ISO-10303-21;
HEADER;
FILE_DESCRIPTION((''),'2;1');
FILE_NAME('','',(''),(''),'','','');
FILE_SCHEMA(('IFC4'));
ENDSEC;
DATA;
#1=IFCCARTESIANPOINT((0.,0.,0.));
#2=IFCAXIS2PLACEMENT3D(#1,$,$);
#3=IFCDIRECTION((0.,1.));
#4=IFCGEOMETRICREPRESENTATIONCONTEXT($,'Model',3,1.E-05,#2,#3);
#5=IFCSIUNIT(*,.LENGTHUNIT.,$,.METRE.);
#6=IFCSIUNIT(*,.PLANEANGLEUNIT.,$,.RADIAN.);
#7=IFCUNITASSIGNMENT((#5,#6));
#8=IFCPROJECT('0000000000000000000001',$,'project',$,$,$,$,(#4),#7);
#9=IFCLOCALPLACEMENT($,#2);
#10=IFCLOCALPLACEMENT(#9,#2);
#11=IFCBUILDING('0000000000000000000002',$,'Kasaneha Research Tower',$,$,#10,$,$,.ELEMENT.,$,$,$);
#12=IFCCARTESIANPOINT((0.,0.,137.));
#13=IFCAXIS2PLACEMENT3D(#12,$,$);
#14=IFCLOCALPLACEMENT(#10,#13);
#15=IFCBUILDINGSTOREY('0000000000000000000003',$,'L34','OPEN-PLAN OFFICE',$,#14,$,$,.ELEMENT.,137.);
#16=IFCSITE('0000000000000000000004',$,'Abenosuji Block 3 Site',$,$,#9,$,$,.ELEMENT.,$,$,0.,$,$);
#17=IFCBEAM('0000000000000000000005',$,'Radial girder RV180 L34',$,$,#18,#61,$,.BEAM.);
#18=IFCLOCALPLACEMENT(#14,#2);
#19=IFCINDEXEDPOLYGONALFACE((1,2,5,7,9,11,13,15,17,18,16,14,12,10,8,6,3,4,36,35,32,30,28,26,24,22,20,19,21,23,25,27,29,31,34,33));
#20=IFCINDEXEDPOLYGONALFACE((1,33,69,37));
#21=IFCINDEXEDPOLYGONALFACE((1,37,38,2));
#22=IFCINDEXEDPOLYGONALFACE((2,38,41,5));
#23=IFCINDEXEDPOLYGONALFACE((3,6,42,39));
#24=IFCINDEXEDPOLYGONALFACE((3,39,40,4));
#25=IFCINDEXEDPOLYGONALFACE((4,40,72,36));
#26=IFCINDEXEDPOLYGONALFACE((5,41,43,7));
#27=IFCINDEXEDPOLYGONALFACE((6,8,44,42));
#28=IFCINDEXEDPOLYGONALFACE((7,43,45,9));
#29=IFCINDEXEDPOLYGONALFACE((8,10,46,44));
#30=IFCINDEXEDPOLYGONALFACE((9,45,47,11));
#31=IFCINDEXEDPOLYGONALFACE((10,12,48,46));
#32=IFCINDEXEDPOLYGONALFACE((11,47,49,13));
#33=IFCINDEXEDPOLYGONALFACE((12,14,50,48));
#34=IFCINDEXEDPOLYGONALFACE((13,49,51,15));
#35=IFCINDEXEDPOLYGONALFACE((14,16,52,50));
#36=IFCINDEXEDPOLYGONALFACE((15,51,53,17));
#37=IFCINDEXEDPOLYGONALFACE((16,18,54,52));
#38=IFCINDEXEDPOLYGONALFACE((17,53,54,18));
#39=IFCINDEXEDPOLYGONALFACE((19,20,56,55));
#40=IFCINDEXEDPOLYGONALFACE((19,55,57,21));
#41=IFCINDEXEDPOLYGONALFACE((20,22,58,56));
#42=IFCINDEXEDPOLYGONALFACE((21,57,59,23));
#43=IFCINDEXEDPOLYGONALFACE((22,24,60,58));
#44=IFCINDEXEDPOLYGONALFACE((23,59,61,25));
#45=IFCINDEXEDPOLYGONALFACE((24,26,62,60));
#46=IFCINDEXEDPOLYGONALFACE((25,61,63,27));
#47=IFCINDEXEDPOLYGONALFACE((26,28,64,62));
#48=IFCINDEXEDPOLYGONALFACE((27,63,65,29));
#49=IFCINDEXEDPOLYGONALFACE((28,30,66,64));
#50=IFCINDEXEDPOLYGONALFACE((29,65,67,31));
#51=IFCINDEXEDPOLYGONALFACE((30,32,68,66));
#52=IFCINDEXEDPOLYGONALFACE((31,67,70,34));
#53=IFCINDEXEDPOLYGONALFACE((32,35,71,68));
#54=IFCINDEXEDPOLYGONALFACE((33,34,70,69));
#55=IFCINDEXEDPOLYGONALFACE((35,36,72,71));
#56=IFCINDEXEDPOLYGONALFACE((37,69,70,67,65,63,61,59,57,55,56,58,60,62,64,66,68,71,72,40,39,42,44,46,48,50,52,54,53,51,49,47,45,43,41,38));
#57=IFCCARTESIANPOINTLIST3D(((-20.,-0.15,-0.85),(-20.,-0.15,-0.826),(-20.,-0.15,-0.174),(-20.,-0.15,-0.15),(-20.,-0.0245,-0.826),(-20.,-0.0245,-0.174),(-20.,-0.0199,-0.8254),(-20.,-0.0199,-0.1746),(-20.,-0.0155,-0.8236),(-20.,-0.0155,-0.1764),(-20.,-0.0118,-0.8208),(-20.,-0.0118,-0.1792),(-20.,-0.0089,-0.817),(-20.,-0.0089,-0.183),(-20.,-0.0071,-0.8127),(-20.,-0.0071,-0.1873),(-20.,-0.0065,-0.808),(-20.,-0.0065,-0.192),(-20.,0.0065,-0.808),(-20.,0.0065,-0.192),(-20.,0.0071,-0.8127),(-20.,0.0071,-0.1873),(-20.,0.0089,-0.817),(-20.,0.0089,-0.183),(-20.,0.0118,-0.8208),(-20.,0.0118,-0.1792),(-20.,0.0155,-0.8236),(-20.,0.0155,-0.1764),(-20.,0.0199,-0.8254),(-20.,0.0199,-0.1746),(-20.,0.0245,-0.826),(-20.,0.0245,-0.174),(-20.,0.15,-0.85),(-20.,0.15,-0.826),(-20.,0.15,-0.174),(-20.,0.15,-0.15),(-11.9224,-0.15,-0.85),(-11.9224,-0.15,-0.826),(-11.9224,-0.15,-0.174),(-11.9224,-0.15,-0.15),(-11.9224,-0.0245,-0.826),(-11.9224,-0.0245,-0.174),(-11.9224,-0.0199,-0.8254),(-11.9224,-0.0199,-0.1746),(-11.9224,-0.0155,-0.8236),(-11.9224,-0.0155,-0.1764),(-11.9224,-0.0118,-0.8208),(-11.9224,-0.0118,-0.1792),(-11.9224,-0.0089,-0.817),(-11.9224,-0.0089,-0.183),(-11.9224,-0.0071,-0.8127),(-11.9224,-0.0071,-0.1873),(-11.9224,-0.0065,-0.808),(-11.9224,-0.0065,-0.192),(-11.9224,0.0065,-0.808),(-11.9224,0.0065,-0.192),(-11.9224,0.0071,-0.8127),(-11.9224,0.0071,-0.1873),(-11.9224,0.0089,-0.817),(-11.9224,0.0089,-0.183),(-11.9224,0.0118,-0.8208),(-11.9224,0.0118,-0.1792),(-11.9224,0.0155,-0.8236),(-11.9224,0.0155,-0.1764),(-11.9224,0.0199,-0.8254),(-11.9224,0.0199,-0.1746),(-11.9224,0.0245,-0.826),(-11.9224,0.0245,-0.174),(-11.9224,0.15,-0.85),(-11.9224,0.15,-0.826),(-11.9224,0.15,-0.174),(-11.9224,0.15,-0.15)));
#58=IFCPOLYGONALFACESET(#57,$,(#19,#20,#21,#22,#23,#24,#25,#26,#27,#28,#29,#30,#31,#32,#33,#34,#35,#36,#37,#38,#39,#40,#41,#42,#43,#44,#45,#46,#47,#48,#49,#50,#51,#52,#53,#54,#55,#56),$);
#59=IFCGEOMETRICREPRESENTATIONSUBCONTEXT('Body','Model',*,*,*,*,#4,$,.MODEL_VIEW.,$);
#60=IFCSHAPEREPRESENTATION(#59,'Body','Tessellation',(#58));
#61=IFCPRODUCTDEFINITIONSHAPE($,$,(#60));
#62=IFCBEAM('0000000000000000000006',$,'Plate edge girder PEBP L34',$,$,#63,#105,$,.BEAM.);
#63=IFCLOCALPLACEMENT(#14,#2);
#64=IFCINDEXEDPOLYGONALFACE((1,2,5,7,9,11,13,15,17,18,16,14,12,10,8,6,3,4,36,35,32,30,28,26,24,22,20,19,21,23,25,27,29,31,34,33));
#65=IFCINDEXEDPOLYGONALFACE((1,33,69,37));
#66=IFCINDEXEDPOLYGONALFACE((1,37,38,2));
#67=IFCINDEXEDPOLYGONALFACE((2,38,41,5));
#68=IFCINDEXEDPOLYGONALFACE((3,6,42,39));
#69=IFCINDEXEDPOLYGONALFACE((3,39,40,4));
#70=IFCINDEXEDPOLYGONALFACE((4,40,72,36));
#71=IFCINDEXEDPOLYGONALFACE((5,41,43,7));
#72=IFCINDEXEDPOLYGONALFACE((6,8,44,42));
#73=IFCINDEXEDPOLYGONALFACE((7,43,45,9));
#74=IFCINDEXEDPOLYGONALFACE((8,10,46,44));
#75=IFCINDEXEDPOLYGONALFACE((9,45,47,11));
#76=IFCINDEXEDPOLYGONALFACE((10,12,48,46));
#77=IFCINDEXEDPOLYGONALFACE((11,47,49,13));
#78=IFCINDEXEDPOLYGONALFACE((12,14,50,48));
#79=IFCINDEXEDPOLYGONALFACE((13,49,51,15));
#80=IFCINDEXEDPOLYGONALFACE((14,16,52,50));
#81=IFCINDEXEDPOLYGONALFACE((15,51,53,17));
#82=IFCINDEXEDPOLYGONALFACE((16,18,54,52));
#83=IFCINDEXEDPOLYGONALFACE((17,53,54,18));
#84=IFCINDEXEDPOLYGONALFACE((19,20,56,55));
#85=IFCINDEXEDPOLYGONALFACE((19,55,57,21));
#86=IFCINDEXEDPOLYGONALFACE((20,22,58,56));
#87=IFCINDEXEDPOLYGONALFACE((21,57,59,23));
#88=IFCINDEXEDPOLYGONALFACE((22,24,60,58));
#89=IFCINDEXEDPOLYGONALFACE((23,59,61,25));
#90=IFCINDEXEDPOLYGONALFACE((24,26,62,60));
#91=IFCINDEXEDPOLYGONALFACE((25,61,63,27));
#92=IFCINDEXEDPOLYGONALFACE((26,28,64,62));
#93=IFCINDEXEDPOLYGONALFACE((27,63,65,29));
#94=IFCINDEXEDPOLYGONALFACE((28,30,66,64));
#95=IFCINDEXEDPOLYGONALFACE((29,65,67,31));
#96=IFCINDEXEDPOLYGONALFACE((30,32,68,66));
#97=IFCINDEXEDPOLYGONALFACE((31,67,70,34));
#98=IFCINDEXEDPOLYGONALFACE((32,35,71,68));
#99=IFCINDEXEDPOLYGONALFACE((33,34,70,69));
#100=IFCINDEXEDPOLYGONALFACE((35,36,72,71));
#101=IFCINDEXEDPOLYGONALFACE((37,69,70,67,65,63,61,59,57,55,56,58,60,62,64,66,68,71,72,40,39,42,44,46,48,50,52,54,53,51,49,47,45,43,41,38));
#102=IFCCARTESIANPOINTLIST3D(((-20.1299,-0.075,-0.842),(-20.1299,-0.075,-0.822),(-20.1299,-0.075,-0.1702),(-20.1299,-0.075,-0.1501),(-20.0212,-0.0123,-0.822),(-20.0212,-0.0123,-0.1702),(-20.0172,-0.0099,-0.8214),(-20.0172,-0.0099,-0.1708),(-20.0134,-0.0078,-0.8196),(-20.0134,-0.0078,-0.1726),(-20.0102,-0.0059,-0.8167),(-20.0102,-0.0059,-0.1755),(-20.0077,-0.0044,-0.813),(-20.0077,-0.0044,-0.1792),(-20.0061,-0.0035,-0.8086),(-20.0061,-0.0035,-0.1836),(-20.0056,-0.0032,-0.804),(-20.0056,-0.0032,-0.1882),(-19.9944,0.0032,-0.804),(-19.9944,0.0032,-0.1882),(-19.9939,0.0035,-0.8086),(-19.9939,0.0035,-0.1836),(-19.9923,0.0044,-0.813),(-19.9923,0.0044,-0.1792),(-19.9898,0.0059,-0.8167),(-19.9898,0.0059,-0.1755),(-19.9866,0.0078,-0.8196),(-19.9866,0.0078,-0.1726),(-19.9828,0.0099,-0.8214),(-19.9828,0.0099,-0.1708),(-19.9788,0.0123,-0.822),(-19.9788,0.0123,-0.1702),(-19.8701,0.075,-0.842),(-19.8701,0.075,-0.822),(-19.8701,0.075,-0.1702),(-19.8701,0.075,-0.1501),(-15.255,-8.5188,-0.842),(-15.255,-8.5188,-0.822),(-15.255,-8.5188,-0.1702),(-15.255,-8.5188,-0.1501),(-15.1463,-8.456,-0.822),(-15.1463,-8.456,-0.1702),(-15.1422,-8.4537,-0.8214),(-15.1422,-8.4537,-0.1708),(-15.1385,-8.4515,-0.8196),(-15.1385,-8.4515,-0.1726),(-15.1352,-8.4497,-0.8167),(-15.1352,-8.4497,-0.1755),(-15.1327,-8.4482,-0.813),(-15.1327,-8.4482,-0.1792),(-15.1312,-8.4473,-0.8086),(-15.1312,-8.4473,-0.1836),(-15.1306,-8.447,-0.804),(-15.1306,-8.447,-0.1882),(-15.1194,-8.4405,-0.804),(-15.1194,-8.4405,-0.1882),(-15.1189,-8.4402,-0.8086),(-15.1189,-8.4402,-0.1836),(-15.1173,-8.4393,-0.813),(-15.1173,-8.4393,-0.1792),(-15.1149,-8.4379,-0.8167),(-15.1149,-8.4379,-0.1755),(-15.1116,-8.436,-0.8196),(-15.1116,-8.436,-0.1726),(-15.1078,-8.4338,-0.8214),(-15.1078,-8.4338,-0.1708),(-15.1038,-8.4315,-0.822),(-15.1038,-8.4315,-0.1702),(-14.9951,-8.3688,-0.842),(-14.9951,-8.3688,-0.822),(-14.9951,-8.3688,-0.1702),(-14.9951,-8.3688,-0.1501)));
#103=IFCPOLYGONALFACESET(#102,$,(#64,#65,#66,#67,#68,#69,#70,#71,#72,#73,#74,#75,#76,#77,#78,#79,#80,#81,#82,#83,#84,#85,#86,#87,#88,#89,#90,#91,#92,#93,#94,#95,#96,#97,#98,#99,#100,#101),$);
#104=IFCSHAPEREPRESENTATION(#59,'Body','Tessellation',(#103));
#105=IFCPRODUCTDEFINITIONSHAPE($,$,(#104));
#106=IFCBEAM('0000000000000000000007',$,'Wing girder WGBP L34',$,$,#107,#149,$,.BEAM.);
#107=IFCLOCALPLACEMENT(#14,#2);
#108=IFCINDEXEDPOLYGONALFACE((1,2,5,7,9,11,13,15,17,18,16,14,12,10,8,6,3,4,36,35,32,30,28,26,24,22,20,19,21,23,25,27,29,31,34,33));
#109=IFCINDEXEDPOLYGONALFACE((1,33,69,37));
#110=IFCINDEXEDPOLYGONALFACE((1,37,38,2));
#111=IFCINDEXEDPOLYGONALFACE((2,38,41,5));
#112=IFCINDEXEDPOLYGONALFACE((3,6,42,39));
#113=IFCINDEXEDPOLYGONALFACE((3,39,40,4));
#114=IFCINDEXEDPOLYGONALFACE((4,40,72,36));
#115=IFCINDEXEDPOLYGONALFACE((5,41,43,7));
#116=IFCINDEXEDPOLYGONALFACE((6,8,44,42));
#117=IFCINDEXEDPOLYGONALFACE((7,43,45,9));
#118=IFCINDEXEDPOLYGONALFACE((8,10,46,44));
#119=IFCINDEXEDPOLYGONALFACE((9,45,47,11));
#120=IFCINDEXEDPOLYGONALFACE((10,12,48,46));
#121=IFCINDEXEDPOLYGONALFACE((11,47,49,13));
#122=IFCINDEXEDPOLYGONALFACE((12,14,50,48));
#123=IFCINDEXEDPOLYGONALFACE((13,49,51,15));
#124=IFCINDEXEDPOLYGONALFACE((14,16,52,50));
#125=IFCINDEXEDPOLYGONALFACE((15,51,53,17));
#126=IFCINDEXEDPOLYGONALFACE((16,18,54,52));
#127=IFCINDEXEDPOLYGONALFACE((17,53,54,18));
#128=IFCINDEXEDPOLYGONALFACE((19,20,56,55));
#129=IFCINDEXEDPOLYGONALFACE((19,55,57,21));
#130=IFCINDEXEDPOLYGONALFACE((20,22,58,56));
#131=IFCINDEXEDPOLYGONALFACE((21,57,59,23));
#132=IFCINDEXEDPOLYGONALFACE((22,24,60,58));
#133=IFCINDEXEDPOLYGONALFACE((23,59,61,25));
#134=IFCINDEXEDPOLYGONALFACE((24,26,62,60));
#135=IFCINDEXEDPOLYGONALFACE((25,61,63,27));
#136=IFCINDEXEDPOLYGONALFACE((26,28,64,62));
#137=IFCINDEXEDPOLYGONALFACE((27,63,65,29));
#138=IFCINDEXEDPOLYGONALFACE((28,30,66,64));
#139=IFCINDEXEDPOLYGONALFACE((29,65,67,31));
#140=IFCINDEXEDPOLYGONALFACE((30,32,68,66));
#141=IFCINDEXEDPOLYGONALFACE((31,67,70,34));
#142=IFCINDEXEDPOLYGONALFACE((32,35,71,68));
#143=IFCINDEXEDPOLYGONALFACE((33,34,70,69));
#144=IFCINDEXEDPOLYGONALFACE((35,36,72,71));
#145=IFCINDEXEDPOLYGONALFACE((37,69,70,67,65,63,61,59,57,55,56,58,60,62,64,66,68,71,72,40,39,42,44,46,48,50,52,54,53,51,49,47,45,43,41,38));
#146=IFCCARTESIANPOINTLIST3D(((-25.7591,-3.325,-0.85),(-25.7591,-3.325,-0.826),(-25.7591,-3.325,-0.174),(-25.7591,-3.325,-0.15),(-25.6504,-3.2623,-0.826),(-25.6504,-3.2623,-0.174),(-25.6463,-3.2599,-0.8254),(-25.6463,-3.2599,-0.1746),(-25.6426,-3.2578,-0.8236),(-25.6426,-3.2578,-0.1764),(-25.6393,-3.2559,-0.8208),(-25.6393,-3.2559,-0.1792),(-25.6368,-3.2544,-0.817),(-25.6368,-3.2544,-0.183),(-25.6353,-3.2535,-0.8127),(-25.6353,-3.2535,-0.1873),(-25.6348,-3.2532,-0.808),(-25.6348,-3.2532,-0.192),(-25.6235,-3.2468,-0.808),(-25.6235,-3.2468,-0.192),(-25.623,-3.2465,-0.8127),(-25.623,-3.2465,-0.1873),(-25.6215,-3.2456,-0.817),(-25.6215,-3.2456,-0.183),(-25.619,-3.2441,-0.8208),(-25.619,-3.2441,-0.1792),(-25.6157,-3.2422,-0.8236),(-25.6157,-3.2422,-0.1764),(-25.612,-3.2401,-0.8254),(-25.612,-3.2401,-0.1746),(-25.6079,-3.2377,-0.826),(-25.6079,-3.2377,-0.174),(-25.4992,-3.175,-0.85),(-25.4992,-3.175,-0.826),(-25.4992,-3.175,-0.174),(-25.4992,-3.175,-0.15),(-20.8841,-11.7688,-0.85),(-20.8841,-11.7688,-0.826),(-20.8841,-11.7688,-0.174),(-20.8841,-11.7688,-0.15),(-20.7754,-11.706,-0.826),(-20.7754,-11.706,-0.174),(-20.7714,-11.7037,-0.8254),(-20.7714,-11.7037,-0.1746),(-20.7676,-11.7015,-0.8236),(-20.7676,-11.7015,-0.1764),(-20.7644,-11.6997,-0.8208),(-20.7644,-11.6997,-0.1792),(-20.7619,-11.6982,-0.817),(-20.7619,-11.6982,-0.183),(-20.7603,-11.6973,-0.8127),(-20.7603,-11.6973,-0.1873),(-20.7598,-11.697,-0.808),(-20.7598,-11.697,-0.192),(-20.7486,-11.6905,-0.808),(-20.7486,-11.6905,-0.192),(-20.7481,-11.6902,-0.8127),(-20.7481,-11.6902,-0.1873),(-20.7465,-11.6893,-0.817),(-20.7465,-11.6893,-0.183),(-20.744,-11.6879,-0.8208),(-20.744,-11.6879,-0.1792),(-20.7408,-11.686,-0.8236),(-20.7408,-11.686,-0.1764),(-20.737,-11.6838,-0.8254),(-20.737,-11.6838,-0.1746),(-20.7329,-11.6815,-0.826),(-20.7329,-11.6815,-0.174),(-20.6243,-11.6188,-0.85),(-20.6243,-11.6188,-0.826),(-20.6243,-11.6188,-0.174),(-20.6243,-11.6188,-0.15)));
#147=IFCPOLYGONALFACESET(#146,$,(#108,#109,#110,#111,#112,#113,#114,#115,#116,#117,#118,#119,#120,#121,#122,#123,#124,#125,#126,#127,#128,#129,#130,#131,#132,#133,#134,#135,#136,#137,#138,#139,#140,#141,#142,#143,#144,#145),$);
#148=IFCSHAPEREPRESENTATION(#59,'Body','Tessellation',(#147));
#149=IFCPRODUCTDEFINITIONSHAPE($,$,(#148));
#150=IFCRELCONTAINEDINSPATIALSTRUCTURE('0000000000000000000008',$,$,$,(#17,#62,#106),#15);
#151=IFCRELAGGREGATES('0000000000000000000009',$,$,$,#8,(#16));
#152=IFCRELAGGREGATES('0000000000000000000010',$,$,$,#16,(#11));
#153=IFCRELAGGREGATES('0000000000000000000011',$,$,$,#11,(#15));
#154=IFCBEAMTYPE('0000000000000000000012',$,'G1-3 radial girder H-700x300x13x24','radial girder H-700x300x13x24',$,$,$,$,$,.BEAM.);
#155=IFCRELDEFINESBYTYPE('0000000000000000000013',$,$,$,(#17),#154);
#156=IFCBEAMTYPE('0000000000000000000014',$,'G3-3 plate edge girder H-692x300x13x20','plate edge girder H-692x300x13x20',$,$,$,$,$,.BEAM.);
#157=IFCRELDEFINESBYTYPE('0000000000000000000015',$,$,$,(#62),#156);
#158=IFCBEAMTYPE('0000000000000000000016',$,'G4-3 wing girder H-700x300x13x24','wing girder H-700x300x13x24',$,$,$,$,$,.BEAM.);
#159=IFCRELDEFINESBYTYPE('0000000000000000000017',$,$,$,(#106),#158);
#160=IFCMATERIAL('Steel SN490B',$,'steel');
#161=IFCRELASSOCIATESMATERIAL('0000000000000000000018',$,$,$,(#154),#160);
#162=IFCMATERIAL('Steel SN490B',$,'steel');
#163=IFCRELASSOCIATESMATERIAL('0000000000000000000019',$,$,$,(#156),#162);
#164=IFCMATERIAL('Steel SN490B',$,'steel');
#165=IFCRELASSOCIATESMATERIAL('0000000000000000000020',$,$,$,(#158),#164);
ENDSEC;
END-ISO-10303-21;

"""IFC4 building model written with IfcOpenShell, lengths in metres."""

from ifc_helpers import new_model, si_unit, direction, frame, origin, origin_2d, place, context, subcontext, project, spatial, i_section, extrude, material, material_profile, profile_set, type_object, element, save


model = new_model("IFC4")

# Units and contexts
model_context = context("Model", 3, precision=1e-05, world=origin(), true_north=direction((0.0, 1.0)))
body_context = subcontext(model_context, "Body", "Model", "MODEL_VIEW")
ifc_project = project(units=[si_unit("LENGTHUNIT", "METRE"), si_unit("PLANEANGLEUNIT", "RADIAN")], contexts=[model_context])

# Site, building, storey
site_placement = place(None, origin())
site = spatial("IfcSite", under=ifc_project, at=site_placement, Name="Abenosuji Block 3 Site", CompositionType="ELEMENT", RefElevation=0.0)
building_placement = place(site_placement, origin())
building = spatial("IfcBuilding", under=site, at=building_placement, Name="Kasaneha Research Tower", CompositionType="ELEMENT")
storey_placement = place(building_placement, frame((0.0, 0.0, 137.0)))
storey = spatial("IfcBuildingStorey", under=building, at=storey_placement, Name="L34", Description="OPEN-PLAN OFFICE", CompositionType="ELEMENT", Elevation=137.0)

# Beams
ifc_material_1 = material(Name="Steel SN490B", Category="steel")
ifc_material_profile_1 = material_profile(ifc_material_1, i_section(OverallWidth=0.3, OverallDepth=0.7, WebThickness=0.0129, FlangeThickness=0.0239, FilletRadius=0.0181, at=origin_2d()), Name="H-700x300x13x24")
ifc_profile_set_1 = profile_set([ifc_material_profile_1], Name="Steel SN490B")
beam_type_1 = type_object("IfcBeamType", Name="G1-3 radial girder H-700x300x13x24", Description="radial girder H-700x300x13x24", PredefinedType="BEAM", material=ifc_profile_set_1)
beam_1_placement = place(storey_placement, frame((-11.9224, 0.0, -0.5), z_axis=(-1.0, 0.0, 0.0), x_axis=(0.0, -1.0, 0.0)))
element("IfcBeam", 1, at=beam_1_placement, inside=storey, type_object=beam_type_1, Name="Radial girder RV180 L34", PredefinedType="BEAM", context=body_context, shape_type="SweptSolid", body=[
    extrude(i_section(OverallWidth=0.3, OverallDepth=0.7, WebThickness=0.0129, FlangeThickness=0.0239, FilletRadius=0.0181, at=origin_2d()), origin(), (0.0, 0.0, 1.0), 8.0776),
])
ifc_material_2 = material(Name="Steel SN490B", Category="steel")
ifc_material_profile_2 = material_profile(ifc_material_2, i_section(OverallWidth=0.3, OverallDepth=0.6919, WebThickness=0.0129, FlangeThickness=0.02, FilletRadius=0.0181, at=origin_2d()), Name="H-692x300x13x20")
ifc_profile_set_2 = profile_set([ifc_material_profile_2], Name="Steel SN490B")
beam_type_2 = type_object("IfcBeamType", Name="G3-3 plate edge girder H-692x300x13x20", Description="plate edge girder H-692x300x13x20", PredefinedType="BEAM", material=ifc_profile_set_2)
beam_2_placement = place(storey_placement, frame((-20.0, 0.0, -0.4961), z_axis=(0.499996, -0.866028, 0.0), x_axis=(0.866028, 0.499996, 0.0)))
element("IfcBeam", 2, at=beam_2_placement, inside=storey, type_object=beam_type_2, Name="Plate edge girder PEBP L34", PredefinedType="BEAM", context=body_context, shape_type="SweptSolid", body=[
    extrude(i_section(OverallWidth=0.3, OverallDepth=0.6919, WebThickness=0.0129, FlangeThickness=0.02, FilletRadius=0.0181, at=origin_2d()), origin(), (0.0, 0.0, 1.0), 9.75),
])
ifc_material_3 = material(Name="Steel SN490B", Category="steel")
ifc_material_profile_3 = material_profile(ifc_material_3, i_section(OverallWidth=0.3, OverallDepth=0.7, WebThickness=0.0129, FlangeThickness=0.0239, FilletRadius=0.0181, at=origin_2d()), Name="H-700x300x13x24")
ifc_profile_set_3 = profile_set([ifc_material_profile_3], Name="Steel SN490B")
beam_type_3 = type_object("IfcBeamType", Name="G4-3 wing girder H-700x300x13x24", Description="wing girder H-700x300x13x24", PredefinedType="BEAM", material=ifc_profile_set_3)
beam_3_placement = place(storey_placement, frame((-25.6292, -3.25, -0.5), z_axis=(0.499996, -0.866028, 0.0), x_axis=(0.866028, 0.499996, 0.0)))
element("IfcBeam", 3, at=beam_3_placement, inside=storey, type_object=beam_type_3, Name="Wing girder WGBP L34", PredefinedType="BEAM", context=body_context, shape_type="SweptSolid", body=[
    extrude(i_section(OverallWidth=0.3, OverallDepth=0.7, WebThickness=0.0129, FlangeThickness=0.0239, FilletRadius=0.0181, at=origin_2d()), origin(), (0.0, 0.0, 1.0), 9.75),
])

save(model, "model.ifc")
